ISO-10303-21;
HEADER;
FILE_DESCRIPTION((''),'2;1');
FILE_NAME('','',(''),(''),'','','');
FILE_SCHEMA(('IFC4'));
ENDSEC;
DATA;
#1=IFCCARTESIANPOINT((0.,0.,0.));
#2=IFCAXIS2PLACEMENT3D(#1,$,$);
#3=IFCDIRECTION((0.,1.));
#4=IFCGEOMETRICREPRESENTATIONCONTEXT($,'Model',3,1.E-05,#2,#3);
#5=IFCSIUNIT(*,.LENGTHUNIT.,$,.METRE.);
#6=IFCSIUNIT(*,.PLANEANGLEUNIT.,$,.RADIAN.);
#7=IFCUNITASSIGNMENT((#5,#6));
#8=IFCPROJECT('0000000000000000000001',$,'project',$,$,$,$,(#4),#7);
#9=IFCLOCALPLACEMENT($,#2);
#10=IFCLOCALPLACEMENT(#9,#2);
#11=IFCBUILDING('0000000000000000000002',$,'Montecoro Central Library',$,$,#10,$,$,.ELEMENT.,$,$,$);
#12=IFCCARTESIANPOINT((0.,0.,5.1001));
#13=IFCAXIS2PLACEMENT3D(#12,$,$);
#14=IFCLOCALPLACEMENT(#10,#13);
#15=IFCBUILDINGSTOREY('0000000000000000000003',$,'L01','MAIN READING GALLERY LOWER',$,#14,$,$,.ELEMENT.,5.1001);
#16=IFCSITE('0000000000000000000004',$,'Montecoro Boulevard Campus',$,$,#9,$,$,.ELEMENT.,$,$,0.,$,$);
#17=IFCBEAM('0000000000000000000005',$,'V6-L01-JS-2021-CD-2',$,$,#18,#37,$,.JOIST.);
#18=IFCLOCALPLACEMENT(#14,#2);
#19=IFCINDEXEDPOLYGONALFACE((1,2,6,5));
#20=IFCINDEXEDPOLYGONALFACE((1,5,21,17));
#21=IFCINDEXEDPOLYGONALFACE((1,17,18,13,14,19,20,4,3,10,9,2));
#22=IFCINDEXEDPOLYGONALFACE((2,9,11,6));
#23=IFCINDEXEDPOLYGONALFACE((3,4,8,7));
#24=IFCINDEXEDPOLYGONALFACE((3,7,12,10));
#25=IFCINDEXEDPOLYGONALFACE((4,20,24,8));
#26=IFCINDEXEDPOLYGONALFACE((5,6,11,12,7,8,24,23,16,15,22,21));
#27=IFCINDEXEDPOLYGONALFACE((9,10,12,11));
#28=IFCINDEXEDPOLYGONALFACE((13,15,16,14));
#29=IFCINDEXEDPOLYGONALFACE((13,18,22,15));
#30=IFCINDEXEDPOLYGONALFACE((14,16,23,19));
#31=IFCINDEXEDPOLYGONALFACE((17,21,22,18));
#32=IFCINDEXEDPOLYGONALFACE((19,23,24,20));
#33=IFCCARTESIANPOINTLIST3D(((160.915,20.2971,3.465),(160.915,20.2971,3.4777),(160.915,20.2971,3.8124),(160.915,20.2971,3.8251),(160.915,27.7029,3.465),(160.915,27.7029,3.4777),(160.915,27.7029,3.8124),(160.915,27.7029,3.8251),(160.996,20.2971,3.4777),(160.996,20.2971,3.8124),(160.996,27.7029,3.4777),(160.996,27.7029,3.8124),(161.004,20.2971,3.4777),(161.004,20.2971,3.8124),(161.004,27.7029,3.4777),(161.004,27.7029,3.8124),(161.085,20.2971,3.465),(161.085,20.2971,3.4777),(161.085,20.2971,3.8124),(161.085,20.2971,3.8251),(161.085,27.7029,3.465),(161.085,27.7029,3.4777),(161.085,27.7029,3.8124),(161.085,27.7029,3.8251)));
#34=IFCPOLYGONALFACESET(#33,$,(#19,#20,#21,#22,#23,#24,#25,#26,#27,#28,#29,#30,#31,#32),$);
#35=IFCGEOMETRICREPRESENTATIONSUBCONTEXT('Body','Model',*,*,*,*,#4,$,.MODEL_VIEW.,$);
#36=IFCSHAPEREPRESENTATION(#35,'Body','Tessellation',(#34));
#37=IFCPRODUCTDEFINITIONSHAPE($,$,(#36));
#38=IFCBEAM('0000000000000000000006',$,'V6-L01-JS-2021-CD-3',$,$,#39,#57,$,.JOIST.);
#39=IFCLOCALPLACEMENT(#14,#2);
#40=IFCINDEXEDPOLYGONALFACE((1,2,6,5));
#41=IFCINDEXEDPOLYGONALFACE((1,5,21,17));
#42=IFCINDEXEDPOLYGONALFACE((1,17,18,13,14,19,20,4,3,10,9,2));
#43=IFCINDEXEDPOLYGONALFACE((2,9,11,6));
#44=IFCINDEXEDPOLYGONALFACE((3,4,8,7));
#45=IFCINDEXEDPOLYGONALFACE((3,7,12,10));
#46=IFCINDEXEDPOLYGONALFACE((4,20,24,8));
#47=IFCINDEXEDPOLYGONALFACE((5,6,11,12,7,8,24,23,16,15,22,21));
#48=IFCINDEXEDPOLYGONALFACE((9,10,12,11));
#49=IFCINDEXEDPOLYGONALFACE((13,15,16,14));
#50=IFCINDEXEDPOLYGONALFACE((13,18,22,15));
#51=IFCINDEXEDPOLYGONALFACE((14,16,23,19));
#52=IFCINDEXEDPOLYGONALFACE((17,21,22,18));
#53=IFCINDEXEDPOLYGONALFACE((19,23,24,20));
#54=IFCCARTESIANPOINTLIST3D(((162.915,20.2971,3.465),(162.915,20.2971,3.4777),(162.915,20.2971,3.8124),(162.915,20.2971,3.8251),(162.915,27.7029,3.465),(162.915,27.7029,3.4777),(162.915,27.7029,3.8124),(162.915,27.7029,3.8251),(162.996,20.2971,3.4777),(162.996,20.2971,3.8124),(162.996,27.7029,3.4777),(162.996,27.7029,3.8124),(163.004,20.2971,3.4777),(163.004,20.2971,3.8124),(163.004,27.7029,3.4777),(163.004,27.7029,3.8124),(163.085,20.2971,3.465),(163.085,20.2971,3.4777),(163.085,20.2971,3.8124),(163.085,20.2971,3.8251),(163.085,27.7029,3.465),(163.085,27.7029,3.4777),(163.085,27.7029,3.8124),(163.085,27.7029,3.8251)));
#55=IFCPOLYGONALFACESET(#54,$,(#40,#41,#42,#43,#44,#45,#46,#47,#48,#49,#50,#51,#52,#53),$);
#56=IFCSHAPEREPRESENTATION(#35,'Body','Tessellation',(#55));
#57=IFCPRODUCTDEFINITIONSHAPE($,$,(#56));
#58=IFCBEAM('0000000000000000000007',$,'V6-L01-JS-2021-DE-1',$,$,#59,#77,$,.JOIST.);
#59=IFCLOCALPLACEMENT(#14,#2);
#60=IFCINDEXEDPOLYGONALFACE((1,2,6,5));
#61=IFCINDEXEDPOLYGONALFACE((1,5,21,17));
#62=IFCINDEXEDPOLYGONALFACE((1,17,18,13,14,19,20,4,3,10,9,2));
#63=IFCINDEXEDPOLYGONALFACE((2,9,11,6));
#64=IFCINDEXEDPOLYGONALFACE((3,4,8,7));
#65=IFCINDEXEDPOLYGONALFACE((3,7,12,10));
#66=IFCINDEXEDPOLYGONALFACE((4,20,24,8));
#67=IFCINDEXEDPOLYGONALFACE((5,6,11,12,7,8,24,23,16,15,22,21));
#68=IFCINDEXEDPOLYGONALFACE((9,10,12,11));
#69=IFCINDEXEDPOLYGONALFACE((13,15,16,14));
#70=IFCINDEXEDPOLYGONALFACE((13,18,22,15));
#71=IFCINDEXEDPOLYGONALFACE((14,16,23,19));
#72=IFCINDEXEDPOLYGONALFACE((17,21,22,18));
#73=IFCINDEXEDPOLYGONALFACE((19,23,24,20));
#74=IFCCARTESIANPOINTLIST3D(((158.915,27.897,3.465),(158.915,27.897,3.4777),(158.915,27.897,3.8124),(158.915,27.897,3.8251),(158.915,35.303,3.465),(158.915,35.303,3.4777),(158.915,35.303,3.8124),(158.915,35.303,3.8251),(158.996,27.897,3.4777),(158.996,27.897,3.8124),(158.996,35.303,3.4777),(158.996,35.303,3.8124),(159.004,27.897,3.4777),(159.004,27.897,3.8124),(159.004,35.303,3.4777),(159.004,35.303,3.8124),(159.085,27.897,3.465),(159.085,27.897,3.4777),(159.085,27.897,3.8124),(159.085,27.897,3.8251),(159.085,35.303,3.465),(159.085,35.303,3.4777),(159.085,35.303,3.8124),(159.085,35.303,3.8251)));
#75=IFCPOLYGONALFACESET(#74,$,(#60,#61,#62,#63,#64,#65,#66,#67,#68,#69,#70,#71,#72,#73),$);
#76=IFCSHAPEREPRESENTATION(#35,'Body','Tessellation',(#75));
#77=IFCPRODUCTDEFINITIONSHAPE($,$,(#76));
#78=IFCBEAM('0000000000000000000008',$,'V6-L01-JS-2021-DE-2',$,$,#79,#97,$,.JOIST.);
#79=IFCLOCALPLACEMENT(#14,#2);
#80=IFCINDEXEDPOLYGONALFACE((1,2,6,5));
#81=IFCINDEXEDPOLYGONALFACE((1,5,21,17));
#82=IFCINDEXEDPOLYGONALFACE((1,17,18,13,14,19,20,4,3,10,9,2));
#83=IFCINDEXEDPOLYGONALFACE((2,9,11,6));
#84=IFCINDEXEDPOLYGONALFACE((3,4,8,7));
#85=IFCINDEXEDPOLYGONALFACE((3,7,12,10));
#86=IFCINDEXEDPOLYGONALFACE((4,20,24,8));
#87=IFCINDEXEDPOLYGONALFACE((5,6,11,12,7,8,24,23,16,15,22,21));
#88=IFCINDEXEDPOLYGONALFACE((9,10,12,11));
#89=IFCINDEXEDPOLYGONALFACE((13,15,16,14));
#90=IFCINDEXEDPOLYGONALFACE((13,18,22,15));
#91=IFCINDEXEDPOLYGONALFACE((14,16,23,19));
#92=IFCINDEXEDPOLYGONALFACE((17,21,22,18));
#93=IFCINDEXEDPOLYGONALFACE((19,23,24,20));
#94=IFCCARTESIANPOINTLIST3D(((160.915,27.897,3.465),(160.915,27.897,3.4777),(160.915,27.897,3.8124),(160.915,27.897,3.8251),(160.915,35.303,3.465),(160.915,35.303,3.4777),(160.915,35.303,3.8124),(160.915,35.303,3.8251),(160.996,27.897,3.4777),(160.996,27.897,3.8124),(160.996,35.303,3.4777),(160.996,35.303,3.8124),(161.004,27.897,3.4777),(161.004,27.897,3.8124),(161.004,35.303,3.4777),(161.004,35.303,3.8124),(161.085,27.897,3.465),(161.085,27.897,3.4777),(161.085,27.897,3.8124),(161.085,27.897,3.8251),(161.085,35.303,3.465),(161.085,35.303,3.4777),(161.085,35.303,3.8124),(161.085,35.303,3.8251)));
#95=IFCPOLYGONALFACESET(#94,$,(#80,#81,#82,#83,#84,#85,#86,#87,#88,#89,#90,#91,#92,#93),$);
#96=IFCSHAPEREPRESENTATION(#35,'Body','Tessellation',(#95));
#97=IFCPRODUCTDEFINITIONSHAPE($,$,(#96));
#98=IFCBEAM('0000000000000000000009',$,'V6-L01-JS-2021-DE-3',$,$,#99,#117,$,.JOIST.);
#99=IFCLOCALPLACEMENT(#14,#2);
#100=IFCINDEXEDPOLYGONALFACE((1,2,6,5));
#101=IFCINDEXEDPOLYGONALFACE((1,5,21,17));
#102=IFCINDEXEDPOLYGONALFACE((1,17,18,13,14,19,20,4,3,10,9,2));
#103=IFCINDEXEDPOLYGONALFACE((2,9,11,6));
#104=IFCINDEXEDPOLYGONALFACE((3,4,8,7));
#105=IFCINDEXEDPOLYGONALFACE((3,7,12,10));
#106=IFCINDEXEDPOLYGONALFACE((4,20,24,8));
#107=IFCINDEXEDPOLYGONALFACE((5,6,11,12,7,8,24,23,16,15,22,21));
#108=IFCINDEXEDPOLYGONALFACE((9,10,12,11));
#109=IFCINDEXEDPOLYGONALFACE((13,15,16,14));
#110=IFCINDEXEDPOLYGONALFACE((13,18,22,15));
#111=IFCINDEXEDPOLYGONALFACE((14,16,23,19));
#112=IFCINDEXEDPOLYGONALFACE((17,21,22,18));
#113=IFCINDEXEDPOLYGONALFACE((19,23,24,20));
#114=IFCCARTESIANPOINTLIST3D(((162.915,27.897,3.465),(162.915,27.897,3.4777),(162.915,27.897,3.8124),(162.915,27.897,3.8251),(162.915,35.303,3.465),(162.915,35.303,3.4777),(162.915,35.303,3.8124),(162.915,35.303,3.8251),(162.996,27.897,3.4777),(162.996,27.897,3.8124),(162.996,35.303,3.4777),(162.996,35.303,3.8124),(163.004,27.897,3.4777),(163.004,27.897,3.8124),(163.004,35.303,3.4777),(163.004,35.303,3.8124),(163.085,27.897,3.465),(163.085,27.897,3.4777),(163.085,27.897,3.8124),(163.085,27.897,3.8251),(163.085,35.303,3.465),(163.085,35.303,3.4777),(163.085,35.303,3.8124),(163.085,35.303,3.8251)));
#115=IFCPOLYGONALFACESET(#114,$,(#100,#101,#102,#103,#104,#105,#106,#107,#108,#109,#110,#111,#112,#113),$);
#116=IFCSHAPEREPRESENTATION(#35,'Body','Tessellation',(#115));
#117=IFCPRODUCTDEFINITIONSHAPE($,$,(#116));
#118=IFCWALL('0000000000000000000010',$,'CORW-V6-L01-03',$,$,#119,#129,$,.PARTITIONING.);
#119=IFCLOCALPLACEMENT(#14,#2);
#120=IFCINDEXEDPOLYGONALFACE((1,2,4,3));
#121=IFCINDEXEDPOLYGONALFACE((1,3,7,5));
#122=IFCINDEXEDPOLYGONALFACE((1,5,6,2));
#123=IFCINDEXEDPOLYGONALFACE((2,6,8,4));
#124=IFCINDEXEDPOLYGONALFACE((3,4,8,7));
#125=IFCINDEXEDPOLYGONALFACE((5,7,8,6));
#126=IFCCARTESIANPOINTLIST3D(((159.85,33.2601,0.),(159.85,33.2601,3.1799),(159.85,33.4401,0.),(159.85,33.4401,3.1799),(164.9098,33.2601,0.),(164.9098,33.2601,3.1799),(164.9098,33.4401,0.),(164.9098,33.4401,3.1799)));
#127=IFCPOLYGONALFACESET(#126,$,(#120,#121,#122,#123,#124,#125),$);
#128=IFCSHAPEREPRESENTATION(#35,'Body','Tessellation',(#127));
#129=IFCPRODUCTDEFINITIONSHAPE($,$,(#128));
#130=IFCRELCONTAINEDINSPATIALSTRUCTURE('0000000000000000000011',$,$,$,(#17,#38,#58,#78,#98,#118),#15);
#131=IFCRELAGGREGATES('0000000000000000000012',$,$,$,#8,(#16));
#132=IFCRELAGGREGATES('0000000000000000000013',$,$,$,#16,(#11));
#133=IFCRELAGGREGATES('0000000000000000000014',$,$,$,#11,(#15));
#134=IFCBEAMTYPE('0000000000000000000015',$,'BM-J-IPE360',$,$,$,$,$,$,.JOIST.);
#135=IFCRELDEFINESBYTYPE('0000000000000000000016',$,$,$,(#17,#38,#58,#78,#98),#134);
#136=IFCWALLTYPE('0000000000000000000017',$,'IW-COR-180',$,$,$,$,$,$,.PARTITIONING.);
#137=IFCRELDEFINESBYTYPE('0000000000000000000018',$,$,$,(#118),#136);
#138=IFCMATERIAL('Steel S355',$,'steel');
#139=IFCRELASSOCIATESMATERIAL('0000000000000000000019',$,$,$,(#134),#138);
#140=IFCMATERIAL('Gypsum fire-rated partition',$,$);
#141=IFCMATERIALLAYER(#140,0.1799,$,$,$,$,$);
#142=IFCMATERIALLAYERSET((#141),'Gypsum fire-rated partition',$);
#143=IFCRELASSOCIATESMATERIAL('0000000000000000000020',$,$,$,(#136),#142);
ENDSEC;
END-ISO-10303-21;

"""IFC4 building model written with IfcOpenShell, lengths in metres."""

from ifc_helpers import new_model, si_unit, direction, frame, frame_2d, origin, origin_2d, place, context, subcontext, project, spatial, rectangle, i_section, extrude, material, layer, layer_set, material_profile, profile_set, type_object, element, save


model = new_model("IFC4")

# Units and contexts
model_context = context("Model", 3, precision=1e-05, world=origin(), true_north=direction((0.0, 1.0)))
body_context = subcontext(model_context, "Body", "Model", "MODEL_VIEW")
ifc_project = project(units=[si_unit("LENGTHUNIT", "METRE"), si_unit("PLANEANGLEUNIT", "RADIAN")], contexts=[model_context])

# Site, building, storey
site_placement = place(None, origin())
site = spatial("IfcSite", under=ifc_project, at=site_placement, Name="Montecoro Boulevard Campus", CompositionType="ELEMENT", RefElevation=0.0)
building_placement = place(site_placement, origin())
building = spatial("IfcBuilding", under=site, at=building_placement, Name="Montecoro Central Library", CompositionType="ELEMENT")
storey_placement = place(building_placement, frame((0.0, 0.0, 5.1001)))
storey = spatial("IfcBuildingStorey", under=building, at=storey_placement, Name="L01", Description="MAIN READING GALLERY LOWER", CompositionType="ELEMENT", Elevation=5.1001)

# Shared definitions
ifc_material_1 = material(Name="Steel S355", Category="steel")

# Beams
ifc_material_profile_1 = material_profile(ifc_material_1, i_section(OverallWidth=0.1699, OverallDepth=0.3601, WebThickness=0.0081, FlangeThickness=0.0127, at=origin_2d()), Name="IPE 360")
ifc_profile_set_1 = profile_set([ifc_material_profile_1], Name="Steel S355")
beam_type_1 = type_object("IfcBeamType", Name="BM-J-IPE360", PredefinedType="JOIST", material=ifc_profile_set_1)
for number, where, z_axis, x_axis, name in (
    (1, (161.0, 20.2971, 3.645), (0.0, 1.0, 0.0), (-1.0, 0.0, 0.0), "V6-L01-JS-2021-CD-2"),
    (2, (163.0, 20.2971, 3.645), (0.0, 1.0, 0.0), (-1.0, 0.0, 0.0), "V6-L01-JS-2021-CD-3"),
):
    element("IfcBeam", number, at=place(storey_placement, frame(where, z_axis=z_axis, x_axis=x_axis)), inside=storey, type_object=beam_type_1, Name=name, PredefinedType="JOIST", context=body_context, shape_type="SweptSolid", body=[
        extrude(i_section(OverallWidth=0.1699, OverallDepth=0.3601, WebThickness=0.0081, FlangeThickness=0.0127, at=origin_2d()), origin(), (0.0, 0.0, 1.0), 7.4058),
    ])
for number, where, z_axis, x_axis, name in (
    (3, (159.0, 27.897, 3.645), (0.0, 1.0, 0.0), (-1.0, 0.0, 0.0), "V6-L01-JS-2021-DE-1"),
    (4, (161.0, 27.897, 3.645), (0.0, 1.0, 0.0), (-1.0, 0.0, 0.0), "V6-L01-JS-2021-DE-2"),
    (5, (163.0, 27.897, 3.645), (0.0, 1.0, 0.0), (-1.0, 0.0, 0.0), "V6-L01-JS-2021-DE-3"),
):
    element("IfcBeam", number, at=place(storey_placement, frame(where, z_axis=z_axis, x_axis=x_axis)), inside=storey, type_object=beam_type_1, Name=name, PredefinedType="JOIST", context=body_context, shape_type="SweptSolid", body=[
        extrude(i_section(OverallWidth=0.1699, OverallDepth=0.3601, WebThickness=0.0081, FlangeThickness=0.0127, at=origin_2d()), origin(), (0.0, 0.0, 1.0), 7.406),
    ])

# Wall
ifc_material_2 = material(Name="Gypsum fire-rated partition")
ifc_layer = layer(ifc_material_2, 0.1799)
ifc_layer_set = layer_set([ifc_layer], Name="Gypsum fire-rated partition")
wall_type = type_object("IfcWallType", Name="IW-COR-180", PredefinedType="PARTITIONING", material=ifc_layer_set)
wall_placement = place(storey_placement, frame((159.8501, 33.3501, 0.0), z_axis=(0.0, 0.0, 1.0), x_axis=(1.0, 0.0, 0.0)))
element("IfcWall", 6, at=wall_placement, inside=storey, type_object=wall_type, Name="CORW-V6-L01-03", PredefinedType="PARTITIONING", context=body_context, shape_type="SweptSolid", body=[
    extrude(rectangle(XDim=5.0598, YDim=0.1799, at=frame_2d((2.5298, 0.0))), origin(), (0.0, 0.0, 1.0), 3.1799),
])

save(model, "model.ifc")
